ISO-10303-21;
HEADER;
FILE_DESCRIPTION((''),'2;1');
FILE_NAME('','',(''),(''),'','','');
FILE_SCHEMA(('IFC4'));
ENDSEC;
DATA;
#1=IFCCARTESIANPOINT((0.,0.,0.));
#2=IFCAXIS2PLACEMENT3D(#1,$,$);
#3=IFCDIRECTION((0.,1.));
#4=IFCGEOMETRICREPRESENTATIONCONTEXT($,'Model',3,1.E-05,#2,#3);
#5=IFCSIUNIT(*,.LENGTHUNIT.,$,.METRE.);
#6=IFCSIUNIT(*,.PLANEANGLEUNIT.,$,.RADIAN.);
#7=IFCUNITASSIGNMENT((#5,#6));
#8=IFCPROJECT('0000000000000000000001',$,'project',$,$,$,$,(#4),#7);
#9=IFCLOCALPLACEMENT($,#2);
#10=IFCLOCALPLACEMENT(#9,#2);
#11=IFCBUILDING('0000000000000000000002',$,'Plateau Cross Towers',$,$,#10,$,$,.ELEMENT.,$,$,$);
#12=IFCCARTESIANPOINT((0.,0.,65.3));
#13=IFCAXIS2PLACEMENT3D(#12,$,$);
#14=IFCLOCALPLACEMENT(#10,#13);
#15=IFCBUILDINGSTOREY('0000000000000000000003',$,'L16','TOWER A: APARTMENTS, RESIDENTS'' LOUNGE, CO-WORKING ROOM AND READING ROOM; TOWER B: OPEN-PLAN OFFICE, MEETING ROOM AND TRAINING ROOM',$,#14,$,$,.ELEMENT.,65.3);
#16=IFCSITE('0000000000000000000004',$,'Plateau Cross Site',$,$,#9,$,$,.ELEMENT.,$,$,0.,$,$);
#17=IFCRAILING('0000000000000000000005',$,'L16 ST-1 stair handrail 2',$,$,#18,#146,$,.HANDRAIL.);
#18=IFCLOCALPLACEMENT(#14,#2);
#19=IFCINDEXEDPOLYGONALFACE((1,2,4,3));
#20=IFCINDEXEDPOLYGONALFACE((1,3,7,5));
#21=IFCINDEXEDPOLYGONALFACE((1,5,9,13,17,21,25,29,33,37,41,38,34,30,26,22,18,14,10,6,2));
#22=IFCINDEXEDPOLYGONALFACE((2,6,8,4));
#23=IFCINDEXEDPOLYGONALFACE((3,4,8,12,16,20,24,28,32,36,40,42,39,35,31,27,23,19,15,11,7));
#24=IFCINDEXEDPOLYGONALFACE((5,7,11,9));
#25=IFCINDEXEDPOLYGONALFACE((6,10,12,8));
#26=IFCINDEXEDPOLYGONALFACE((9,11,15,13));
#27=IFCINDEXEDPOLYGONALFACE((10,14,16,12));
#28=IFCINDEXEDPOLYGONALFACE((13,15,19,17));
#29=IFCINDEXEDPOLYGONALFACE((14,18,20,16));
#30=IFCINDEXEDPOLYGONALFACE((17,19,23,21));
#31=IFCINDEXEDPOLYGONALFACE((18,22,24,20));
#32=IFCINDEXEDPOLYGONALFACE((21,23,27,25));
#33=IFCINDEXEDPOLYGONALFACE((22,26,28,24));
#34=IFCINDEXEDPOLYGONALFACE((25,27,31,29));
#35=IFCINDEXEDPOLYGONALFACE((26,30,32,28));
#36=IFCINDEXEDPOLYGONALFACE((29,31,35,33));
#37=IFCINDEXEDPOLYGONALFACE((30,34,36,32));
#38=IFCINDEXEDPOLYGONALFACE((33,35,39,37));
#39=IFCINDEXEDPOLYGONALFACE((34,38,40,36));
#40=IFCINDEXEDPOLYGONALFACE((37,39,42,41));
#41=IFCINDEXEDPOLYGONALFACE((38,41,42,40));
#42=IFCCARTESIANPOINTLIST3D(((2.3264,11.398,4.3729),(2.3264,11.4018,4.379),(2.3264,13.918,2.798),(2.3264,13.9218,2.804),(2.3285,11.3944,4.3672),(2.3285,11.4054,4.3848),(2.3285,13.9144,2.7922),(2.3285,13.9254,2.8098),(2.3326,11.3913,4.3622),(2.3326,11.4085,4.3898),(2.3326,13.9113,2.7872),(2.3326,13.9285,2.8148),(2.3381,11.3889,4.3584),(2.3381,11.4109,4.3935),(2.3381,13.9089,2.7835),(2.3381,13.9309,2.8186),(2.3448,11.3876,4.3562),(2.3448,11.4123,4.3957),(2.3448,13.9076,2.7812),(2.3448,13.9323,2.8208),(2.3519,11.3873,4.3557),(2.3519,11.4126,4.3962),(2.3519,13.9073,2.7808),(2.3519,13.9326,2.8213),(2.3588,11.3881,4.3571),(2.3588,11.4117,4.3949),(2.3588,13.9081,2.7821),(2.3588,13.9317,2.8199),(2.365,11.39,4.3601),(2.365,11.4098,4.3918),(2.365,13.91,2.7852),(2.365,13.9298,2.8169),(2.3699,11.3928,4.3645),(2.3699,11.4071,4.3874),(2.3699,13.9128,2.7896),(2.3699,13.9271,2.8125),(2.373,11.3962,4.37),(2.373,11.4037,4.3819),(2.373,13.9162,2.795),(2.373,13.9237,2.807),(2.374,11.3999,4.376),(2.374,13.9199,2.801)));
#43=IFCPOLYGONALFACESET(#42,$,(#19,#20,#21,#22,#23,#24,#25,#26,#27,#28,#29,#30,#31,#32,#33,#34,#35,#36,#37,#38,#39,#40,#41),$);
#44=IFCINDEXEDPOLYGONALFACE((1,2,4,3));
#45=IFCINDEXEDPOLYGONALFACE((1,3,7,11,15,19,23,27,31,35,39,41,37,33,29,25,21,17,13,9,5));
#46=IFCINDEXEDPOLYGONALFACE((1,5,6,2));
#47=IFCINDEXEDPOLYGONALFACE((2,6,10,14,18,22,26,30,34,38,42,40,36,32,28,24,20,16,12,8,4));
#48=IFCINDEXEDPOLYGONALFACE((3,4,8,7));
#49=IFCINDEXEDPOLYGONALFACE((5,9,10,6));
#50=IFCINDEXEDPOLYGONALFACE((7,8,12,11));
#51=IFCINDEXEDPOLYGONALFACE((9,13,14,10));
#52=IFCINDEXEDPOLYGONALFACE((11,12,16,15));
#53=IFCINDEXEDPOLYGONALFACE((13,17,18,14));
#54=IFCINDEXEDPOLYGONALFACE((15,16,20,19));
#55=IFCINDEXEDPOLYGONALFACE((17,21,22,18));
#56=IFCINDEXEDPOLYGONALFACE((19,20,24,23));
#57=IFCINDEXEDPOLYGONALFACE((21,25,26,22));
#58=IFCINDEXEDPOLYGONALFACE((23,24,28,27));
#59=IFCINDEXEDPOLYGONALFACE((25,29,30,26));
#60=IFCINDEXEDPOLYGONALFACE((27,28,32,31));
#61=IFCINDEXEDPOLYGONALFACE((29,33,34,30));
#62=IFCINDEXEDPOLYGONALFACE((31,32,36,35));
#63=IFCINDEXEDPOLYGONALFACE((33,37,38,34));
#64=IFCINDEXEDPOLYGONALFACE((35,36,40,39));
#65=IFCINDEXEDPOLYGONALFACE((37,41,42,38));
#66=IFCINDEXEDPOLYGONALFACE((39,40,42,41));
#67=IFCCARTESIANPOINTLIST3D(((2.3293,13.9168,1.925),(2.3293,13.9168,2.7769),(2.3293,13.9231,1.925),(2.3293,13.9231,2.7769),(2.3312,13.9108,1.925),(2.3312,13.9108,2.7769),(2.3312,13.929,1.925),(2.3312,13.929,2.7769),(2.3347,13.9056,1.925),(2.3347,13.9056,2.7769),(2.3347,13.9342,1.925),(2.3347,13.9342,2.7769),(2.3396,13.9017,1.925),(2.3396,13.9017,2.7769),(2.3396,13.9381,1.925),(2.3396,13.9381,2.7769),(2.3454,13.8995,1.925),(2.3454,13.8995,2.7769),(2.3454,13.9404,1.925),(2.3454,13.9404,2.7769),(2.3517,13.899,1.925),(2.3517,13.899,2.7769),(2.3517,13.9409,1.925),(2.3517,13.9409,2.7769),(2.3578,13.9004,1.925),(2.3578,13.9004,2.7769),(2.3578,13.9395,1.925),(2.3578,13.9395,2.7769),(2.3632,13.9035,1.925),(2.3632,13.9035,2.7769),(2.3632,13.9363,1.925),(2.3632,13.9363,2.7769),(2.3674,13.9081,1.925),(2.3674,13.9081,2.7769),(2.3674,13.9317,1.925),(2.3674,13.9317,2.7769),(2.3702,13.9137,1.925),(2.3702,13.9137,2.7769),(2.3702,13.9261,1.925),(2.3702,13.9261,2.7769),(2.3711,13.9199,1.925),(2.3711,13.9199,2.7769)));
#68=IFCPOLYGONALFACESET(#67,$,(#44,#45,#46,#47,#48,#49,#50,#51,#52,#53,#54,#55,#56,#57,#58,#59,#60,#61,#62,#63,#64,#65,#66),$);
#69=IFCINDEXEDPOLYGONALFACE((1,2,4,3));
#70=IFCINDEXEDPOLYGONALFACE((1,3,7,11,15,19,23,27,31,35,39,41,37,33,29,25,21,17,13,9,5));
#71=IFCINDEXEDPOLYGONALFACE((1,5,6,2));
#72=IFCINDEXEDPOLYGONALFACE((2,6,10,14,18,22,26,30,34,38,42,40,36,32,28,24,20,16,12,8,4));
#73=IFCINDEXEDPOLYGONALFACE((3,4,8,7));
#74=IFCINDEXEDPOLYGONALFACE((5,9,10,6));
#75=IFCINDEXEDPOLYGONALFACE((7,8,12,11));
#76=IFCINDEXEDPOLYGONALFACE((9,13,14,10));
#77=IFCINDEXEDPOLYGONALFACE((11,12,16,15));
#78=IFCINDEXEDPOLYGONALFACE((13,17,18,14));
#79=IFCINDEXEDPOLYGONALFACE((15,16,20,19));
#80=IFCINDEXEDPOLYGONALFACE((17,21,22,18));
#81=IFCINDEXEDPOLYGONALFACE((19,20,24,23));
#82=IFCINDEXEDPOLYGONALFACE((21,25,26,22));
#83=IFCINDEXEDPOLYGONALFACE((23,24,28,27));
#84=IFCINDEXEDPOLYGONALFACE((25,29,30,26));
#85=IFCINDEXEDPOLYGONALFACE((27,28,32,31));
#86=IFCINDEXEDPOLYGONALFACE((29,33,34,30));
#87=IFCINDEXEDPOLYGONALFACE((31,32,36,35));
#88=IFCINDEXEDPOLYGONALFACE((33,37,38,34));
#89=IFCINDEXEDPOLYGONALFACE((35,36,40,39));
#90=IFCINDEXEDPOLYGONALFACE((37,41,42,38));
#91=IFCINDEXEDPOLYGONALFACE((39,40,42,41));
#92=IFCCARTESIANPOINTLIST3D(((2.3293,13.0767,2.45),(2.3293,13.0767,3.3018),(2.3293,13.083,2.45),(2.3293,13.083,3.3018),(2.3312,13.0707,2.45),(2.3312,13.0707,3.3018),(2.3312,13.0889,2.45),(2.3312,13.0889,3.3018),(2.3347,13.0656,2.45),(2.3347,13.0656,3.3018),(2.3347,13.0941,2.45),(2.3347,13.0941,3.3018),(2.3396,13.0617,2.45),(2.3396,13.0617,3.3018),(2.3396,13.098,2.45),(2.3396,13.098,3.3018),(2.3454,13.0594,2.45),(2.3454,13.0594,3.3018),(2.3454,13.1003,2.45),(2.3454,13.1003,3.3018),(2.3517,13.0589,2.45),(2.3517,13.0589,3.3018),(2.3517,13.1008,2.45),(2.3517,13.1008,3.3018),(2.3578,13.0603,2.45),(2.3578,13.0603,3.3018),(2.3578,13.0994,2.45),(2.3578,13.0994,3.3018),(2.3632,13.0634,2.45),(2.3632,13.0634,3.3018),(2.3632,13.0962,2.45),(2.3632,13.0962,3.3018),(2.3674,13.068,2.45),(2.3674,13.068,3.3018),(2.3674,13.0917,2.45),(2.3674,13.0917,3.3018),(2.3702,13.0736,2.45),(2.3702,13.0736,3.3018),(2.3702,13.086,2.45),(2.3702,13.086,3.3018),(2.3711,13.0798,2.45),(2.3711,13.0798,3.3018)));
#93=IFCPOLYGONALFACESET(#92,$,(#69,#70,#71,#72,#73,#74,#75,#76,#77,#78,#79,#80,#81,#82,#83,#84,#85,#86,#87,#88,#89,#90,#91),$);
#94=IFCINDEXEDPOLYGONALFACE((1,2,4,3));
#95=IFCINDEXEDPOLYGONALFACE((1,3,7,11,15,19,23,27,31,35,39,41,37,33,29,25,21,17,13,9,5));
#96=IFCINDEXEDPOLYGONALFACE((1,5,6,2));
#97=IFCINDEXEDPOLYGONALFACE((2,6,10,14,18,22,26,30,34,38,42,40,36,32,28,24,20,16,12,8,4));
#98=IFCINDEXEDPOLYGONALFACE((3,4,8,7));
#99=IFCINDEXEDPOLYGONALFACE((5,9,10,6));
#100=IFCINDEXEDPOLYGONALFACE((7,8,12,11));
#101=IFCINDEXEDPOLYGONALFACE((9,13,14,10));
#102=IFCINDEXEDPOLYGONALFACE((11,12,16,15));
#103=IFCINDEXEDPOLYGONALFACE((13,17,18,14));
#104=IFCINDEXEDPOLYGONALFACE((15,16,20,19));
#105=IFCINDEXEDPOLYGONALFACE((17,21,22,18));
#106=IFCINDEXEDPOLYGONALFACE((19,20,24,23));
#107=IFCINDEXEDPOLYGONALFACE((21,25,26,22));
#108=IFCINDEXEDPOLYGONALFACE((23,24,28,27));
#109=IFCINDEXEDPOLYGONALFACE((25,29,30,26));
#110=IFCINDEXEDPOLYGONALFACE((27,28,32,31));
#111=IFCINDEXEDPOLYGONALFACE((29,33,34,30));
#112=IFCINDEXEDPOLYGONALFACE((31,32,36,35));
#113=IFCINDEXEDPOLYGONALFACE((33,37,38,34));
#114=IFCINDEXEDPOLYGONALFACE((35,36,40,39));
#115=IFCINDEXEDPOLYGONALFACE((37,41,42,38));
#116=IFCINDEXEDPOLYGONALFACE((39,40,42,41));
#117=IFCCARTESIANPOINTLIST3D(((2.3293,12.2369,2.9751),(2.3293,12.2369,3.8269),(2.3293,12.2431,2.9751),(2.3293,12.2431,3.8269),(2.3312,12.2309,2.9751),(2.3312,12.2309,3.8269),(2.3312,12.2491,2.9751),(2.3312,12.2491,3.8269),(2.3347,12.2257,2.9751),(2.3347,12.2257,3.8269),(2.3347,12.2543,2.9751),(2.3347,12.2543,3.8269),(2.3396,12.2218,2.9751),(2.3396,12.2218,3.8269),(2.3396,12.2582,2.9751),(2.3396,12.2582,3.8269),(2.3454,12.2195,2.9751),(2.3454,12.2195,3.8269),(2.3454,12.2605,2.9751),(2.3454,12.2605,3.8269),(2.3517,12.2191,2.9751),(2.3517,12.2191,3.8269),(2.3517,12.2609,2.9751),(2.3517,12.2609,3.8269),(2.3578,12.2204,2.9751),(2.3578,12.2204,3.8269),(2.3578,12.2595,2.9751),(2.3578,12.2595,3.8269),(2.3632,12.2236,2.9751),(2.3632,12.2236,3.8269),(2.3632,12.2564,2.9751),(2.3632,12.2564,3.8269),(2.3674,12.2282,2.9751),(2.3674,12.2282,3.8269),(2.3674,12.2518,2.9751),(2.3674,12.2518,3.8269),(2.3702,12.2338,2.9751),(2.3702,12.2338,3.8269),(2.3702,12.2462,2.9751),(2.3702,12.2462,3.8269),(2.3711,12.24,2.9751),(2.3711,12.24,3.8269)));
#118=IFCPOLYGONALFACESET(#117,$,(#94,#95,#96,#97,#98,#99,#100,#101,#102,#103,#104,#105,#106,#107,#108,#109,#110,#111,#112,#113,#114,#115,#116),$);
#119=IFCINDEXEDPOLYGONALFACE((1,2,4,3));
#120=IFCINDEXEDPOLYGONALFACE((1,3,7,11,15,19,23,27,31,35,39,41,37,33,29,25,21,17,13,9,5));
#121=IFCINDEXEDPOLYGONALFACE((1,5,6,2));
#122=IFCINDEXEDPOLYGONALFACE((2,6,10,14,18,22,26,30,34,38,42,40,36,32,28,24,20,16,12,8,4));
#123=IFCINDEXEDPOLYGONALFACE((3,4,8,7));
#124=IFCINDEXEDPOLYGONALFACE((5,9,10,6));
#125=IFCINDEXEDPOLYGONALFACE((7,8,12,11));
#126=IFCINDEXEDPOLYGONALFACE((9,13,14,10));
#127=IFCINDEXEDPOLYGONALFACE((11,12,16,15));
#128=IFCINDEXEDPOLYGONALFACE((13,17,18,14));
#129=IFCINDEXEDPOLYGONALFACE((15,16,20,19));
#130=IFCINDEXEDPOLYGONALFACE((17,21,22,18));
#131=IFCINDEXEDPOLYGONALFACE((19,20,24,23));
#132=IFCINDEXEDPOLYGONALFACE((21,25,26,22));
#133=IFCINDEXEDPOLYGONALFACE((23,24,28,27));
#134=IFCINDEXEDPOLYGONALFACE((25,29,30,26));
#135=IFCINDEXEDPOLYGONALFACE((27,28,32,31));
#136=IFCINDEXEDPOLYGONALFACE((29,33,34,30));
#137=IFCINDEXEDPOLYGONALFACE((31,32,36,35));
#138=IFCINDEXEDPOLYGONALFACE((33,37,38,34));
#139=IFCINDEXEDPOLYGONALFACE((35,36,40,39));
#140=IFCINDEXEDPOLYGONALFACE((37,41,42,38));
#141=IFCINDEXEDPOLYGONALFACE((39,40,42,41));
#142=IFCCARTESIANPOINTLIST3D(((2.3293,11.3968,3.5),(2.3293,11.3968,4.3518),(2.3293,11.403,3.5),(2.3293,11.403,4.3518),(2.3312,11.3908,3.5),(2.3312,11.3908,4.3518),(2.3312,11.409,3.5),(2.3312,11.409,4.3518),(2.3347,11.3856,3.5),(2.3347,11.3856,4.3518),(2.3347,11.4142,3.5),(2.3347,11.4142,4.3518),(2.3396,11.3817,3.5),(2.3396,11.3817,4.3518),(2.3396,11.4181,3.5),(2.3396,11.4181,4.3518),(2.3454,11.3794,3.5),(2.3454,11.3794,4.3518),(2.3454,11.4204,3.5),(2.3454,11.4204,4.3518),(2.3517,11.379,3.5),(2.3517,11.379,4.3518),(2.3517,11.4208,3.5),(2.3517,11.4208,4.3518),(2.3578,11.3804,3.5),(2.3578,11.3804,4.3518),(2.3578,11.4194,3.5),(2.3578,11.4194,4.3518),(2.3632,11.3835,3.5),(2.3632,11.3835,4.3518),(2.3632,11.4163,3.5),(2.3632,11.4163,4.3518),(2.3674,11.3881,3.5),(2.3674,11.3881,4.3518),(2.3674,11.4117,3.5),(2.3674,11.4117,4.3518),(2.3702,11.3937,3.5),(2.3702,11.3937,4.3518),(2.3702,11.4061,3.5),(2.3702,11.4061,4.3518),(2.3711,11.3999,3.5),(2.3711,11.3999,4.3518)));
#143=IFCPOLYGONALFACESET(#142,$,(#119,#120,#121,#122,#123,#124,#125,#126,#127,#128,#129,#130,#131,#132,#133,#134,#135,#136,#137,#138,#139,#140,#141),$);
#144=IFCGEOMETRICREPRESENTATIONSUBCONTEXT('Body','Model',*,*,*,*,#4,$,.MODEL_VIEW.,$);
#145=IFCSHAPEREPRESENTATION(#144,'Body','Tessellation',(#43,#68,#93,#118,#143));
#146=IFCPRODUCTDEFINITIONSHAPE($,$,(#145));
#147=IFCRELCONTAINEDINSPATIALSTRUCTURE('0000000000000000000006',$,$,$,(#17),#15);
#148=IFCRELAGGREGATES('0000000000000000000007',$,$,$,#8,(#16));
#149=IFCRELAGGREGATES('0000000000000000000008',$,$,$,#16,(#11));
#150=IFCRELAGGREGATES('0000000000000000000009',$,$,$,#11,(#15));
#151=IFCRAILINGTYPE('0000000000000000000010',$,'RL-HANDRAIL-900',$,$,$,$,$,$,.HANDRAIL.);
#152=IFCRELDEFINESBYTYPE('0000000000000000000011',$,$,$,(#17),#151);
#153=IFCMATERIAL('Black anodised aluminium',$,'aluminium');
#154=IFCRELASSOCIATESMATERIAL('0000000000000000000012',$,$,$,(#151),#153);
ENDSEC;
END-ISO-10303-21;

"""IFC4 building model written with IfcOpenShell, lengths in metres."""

from ifc_helpers import new_model, si_unit, direction, frame, origin, origin_2d, place, context, subcontext, project, spatial, circle, extrude, material, type_object, element, save


model = new_model("IFC4")

# Units and contexts
model_context = context("Model", 3, precision=1e-05, world=origin(), true_north=direction((0.0, 1.0)))
body_context = subcontext(model_context, "Body", "Model", "MODEL_VIEW")
ifc_project = project(units=[si_unit("LENGTHUNIT", "METRE"), si_unit("PLANEANGLEUNIT", "RADIAN")], contexts=[model_context])

# Site, building, storey
site_placement = place(None, origin())
site = spatial("IfcSite", under=ifc_project, at=site_placement, Name="Plateau Cross Site", CompositionType="ELEMENT", RefElevation=0.0)
building_placement = place(site_placement, origin())
building = spatial("IfcBuilding", under=site, at=building_placement, Name="Plateau Cross Towers", CompositionType="ELEMENT")
storey_placement = place(building_placement, frame((0.0, 0.0, 65.3)))
storey = spatial("IfcBuildingStorey", under=building, at=storey_placement, Name="L16", Description="TOWER A: APARTMENTS, RESIDENTS' LOUNGE, CO-WORKING ROOM AND READING ROOM; TOWER B: OPEN-PLAN OFFICE, MEETING ROOM AND TRAINING ROOM", CompositionType="ELEMENT", Elevation=65.3)

# Shared definitions
ifc_material_1 = material(Name="Black anodised aluminium", Category="aluminium")

# Railing
railing_type_1 = type_object("IfcRailingType", Name="RL-HANDRAIL-900", PredefinedType="HANDRAIL", material=ifc_material_1)
railing_1_placement = place(storey_placement, frame((2.3501, 13.9199, 1.925)))
element("IfcRailing", 1, at=railing_1_placement, inside=storey, type_object=railing_type_1, Name="L16 ST-1 stair handrail 2", PredefinedType="HANDRAIL", context=body_context, shape_type="SweptSolid", body=[
    extrude(circle(Radius=0.0239, at=origin_2d()), frame((0.0, 0.0, 0.876), z_axis=(0.0, -0.848008, 0.529984), x_axis=(1.0, 0.0, 0.0)), (0.0, 0.0, 1.0), 2.9717),
    extrude(circle(Radius=0.021, at=origin_2d()), origin(), (0.0, 0.0, 1.0), 0.8518),
    extrude(circle(Radius=0.021, at=origin_2d()), frame((0.0, -0.8401, 0.5249)), (0.0, 0.0, 1.0), 0.8518),
    extrude(circle(Radius=0.021, at=origin_2d()), frame((0.0, -1.6799, 1.05)), (0.0, 0.0, 1.0), 0.8518),
    extrude(circle(Radius=0.021, at=origin_2d()), frame((0.0, -2.52, 1.575)), (0.0, 0.0, 1.0), 0.8518),
])

save(model, "model.ifc")
